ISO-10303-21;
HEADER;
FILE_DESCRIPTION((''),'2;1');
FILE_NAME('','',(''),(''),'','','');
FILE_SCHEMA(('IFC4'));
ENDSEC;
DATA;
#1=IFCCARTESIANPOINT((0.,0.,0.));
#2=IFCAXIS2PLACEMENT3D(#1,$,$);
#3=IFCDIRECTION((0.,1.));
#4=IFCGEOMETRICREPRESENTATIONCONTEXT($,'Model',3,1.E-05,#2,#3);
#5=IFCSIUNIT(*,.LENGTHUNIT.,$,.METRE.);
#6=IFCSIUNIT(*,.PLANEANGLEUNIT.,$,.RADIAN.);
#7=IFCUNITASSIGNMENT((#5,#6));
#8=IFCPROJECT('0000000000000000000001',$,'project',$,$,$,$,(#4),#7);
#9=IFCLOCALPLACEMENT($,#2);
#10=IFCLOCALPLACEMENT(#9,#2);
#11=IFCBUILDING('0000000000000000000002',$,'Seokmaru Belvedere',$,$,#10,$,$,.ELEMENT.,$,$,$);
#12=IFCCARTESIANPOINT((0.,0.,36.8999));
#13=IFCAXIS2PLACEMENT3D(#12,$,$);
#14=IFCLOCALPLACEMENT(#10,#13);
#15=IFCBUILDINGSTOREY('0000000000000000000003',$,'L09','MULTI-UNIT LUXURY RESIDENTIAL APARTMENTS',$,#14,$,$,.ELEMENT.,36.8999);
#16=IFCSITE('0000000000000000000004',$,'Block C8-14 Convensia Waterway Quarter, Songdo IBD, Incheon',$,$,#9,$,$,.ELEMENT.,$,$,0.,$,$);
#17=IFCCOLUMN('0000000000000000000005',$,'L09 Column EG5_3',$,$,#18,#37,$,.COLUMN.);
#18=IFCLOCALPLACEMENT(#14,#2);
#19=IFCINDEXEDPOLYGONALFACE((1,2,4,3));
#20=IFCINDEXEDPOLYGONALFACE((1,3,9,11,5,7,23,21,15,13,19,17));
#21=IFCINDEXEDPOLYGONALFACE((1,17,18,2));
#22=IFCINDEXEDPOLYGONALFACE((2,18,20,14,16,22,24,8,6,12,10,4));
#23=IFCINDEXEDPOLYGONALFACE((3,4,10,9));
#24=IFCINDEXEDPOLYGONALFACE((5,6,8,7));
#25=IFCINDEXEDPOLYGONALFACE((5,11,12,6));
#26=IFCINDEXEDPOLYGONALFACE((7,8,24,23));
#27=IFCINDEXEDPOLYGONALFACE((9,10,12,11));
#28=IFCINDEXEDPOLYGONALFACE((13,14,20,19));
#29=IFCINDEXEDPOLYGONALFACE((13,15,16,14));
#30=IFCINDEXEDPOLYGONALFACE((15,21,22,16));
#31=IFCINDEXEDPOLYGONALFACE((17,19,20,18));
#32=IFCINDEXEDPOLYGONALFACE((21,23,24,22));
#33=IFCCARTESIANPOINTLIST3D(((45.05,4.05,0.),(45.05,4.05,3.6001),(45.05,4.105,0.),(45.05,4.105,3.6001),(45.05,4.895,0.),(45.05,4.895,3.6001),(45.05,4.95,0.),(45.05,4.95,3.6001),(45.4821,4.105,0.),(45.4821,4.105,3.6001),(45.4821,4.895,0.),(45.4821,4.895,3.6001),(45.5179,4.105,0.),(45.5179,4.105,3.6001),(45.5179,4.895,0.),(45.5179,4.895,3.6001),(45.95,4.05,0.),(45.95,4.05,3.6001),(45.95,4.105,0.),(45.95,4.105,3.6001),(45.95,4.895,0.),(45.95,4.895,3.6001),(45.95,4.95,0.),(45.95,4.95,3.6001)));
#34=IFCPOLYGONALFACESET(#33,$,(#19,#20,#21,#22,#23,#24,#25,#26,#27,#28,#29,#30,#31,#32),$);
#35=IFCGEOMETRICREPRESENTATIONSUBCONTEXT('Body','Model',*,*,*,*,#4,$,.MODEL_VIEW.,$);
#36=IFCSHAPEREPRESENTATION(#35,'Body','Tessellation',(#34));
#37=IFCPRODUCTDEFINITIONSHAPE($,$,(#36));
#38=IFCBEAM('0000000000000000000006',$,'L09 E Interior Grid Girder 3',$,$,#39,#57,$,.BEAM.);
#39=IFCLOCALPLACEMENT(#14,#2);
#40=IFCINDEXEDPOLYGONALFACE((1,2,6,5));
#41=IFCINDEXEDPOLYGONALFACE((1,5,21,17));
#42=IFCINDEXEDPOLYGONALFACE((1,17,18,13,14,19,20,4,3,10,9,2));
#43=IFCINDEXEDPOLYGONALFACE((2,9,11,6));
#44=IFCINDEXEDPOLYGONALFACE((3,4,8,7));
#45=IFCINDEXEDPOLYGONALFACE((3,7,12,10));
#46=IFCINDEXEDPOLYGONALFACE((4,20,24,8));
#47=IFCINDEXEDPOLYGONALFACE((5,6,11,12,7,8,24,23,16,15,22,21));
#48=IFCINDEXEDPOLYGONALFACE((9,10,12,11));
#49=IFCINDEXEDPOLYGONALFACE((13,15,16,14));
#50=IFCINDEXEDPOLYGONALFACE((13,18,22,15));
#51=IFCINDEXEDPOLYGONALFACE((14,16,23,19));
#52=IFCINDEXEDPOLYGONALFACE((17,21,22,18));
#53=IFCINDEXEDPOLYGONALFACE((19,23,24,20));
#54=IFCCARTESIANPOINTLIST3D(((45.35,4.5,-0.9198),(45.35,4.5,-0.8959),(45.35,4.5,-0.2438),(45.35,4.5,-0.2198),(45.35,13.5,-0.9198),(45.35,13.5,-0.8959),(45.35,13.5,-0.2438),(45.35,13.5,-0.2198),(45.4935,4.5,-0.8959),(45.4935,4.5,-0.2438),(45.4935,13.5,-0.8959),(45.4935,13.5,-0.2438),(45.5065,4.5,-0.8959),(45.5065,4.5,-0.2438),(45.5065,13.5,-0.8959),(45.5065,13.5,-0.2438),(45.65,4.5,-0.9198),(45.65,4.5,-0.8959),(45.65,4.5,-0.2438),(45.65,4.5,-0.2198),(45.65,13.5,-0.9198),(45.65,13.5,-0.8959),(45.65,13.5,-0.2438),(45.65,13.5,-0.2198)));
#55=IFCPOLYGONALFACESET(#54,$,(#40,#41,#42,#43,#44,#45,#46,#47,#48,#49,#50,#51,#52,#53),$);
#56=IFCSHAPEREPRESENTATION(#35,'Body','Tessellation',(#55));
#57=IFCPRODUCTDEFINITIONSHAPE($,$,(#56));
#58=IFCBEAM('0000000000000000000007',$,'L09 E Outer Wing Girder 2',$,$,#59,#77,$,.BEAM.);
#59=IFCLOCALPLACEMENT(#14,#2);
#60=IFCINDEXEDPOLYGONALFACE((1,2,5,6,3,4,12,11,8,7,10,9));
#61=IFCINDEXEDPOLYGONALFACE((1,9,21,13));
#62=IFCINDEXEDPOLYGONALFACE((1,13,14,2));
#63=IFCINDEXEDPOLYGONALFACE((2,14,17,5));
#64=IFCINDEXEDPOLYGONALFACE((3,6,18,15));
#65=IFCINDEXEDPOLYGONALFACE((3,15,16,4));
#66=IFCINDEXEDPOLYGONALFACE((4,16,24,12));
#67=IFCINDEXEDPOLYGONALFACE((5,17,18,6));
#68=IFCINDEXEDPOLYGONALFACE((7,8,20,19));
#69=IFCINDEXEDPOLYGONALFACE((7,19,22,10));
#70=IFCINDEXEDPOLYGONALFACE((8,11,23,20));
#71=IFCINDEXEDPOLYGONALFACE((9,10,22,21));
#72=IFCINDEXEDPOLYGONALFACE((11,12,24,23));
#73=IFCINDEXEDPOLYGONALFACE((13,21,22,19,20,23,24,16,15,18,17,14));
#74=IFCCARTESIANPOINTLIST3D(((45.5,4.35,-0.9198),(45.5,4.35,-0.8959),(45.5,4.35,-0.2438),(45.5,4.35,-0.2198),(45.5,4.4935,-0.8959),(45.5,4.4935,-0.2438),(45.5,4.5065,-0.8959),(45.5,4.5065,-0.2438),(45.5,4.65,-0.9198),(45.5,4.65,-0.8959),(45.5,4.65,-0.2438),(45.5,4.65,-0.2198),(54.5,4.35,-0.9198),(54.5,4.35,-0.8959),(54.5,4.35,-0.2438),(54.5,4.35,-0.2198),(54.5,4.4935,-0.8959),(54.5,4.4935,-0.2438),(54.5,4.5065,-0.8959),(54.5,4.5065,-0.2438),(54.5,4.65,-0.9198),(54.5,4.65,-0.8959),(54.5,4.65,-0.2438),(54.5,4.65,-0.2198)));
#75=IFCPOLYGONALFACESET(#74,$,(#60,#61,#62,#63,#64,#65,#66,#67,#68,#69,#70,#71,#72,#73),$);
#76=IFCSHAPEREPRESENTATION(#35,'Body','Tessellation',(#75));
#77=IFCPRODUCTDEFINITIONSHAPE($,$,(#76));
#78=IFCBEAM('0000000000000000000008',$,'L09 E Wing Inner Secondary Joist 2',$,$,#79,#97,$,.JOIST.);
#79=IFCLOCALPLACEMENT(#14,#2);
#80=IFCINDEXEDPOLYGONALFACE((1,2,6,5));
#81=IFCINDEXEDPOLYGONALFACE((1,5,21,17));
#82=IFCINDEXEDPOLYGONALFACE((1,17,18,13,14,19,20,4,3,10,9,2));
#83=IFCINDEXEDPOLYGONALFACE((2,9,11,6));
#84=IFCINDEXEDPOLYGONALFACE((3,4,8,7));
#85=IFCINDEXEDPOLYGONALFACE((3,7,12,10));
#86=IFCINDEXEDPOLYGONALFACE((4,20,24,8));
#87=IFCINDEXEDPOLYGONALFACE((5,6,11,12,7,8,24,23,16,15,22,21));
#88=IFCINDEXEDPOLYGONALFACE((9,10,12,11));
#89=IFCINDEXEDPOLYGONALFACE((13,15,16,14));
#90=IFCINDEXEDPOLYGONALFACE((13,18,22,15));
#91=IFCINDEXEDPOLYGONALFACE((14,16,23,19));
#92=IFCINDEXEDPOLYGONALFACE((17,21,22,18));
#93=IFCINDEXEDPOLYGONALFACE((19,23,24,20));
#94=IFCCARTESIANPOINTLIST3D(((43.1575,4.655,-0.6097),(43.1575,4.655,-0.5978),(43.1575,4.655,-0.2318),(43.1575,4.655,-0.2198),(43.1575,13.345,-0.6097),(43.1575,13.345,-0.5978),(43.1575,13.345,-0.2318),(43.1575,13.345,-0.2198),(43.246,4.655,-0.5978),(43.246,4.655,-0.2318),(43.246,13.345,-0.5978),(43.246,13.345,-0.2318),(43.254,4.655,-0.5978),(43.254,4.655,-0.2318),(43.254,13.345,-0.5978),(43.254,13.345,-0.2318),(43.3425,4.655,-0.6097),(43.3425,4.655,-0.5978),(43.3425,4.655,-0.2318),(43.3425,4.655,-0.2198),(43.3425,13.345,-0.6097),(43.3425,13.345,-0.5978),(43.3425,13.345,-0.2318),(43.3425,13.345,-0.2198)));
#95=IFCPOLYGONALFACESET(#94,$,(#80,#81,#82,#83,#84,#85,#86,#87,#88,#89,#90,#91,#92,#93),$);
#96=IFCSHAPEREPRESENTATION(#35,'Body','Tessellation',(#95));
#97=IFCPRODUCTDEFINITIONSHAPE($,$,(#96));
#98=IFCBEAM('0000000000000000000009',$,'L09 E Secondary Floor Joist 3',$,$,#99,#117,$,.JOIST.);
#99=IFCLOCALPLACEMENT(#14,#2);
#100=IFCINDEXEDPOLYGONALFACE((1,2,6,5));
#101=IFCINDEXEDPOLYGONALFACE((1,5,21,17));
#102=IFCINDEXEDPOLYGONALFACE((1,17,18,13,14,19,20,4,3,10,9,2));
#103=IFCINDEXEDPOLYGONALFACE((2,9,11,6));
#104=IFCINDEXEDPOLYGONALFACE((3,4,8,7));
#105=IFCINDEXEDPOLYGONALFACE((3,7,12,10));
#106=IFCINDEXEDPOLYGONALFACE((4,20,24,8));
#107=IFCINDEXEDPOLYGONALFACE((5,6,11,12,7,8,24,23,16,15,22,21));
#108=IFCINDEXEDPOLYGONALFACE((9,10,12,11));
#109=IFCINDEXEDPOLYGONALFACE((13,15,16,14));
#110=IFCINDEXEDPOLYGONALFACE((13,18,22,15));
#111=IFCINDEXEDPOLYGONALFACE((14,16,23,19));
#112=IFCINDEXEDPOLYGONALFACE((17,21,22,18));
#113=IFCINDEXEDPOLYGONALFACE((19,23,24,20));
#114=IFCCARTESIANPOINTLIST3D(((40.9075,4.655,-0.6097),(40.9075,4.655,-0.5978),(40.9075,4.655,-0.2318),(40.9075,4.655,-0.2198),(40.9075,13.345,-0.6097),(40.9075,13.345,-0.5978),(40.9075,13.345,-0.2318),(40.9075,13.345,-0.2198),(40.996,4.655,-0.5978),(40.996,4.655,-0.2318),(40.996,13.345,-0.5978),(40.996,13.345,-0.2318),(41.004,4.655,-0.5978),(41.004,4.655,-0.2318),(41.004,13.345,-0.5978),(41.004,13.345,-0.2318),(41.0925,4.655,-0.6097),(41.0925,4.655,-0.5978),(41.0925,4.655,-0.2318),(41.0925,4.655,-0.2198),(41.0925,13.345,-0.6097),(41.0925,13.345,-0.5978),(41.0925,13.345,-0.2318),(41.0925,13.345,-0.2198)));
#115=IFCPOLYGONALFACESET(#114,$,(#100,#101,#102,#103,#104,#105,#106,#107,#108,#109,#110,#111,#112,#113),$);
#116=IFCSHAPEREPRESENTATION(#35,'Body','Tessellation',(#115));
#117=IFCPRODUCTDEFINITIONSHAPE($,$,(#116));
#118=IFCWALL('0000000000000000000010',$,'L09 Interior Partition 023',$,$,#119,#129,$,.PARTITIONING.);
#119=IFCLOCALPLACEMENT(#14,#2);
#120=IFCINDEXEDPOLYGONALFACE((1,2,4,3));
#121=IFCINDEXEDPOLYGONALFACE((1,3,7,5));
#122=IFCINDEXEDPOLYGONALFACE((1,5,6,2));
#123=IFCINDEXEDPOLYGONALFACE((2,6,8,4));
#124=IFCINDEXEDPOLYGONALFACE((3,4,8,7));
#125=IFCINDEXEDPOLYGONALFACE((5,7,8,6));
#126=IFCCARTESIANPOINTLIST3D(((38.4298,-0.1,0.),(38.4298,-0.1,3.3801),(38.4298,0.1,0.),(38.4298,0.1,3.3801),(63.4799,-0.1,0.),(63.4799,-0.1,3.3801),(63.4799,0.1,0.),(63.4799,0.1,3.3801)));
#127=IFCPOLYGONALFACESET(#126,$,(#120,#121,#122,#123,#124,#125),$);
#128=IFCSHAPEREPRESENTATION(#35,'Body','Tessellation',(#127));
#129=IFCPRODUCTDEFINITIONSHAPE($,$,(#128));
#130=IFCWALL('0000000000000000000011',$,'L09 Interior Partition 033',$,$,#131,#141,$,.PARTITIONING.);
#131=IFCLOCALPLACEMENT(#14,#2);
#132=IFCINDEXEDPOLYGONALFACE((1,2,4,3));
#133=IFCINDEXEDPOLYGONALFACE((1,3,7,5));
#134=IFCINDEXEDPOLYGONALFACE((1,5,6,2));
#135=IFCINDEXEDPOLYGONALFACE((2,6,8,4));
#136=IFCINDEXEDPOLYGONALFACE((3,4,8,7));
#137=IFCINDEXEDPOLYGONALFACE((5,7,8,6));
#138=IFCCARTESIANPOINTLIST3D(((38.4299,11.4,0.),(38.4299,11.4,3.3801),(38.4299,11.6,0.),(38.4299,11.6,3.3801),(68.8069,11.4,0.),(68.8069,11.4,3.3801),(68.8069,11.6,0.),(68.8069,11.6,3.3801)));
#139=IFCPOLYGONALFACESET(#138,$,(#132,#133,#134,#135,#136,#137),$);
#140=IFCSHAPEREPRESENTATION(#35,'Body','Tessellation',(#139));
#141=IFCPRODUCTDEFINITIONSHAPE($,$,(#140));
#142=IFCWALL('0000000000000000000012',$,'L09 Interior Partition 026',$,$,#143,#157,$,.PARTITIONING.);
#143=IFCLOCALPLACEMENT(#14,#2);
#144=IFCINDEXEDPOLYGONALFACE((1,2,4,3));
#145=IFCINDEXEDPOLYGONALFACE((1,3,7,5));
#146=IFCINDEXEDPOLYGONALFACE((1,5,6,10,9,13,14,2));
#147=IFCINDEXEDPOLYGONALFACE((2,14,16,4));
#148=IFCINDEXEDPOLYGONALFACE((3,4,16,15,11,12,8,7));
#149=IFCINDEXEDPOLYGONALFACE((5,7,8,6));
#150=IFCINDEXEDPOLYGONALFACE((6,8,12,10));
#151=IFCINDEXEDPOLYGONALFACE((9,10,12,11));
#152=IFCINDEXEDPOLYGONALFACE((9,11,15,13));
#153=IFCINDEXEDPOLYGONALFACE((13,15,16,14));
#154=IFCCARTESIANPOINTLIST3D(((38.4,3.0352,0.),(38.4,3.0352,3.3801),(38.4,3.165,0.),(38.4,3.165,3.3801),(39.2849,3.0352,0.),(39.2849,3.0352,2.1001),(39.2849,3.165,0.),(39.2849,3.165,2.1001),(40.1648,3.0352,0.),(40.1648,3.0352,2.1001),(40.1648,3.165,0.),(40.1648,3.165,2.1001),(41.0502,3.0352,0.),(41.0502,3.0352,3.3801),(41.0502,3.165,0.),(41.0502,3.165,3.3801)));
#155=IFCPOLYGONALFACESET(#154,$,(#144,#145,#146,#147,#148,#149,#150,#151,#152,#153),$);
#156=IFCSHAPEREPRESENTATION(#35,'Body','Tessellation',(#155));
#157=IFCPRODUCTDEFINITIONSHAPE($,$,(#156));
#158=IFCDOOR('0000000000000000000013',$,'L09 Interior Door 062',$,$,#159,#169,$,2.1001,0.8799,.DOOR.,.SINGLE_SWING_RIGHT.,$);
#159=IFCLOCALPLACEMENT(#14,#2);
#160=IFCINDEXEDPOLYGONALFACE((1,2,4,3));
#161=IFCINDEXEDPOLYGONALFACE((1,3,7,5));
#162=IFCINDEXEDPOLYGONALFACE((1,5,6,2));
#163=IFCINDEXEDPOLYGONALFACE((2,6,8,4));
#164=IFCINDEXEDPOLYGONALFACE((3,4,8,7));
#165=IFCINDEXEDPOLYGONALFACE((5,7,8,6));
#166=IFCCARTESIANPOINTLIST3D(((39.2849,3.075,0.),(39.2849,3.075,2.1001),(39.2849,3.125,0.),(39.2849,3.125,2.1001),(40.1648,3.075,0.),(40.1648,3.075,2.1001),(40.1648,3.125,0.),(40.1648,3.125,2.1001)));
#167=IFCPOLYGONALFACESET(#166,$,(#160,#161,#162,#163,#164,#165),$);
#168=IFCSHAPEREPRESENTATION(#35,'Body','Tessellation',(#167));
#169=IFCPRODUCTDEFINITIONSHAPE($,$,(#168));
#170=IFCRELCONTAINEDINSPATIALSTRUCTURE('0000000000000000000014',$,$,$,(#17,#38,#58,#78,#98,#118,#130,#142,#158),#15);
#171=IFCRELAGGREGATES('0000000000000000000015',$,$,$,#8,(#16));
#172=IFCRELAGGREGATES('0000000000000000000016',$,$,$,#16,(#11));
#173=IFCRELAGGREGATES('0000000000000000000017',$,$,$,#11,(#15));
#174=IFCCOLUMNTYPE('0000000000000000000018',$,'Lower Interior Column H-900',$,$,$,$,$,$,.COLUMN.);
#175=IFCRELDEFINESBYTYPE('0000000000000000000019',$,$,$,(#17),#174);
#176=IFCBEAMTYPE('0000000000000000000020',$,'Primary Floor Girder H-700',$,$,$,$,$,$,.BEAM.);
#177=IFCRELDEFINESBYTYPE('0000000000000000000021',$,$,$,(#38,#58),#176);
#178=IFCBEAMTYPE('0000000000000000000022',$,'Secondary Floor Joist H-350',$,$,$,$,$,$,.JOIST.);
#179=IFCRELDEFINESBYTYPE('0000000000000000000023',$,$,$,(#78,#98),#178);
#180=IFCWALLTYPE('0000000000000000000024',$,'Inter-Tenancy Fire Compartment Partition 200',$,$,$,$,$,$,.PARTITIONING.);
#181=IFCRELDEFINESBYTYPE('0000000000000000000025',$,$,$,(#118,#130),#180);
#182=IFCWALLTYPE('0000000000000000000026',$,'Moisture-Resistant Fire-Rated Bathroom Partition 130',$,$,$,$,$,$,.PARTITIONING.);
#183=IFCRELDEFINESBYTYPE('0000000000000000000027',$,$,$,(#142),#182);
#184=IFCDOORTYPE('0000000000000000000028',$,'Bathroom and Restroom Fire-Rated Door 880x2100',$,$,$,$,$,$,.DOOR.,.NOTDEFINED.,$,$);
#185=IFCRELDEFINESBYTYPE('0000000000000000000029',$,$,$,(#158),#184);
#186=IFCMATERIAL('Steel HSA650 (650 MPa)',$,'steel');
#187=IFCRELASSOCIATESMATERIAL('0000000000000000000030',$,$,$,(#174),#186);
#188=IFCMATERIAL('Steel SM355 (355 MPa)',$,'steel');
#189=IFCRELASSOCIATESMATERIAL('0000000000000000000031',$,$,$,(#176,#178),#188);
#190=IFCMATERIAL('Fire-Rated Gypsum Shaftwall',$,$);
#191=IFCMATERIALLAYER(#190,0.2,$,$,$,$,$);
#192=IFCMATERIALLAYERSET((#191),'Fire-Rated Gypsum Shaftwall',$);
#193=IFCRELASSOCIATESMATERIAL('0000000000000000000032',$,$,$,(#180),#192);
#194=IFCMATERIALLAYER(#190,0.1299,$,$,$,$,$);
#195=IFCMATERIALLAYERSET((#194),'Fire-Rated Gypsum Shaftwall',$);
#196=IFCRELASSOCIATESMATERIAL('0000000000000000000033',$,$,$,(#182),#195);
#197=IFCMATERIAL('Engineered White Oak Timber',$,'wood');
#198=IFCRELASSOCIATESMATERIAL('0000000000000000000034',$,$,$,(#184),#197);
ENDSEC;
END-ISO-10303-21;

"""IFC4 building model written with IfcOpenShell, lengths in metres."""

from ifc_helpers import new_model, si_unit, direction, frame, frame_2d, origin, origin_2d, place, context, subcontext, project, spatial, rectangle, i_section, extrude, source, transform, mapped, material, layer, layer_set, material_profile, profile_set, type_object, type_shapes, element, fill, save


model = new_model("IFC4")

# Units and contexts
model_context = context("Model", 3, precision=1e-05, world=origin(), true_north=direction((0.0, 1.0)))
body_context = subcontext(model_context, "Body", "Model", "MODEL_VIEW")
ifc_project = project(units=[si_unit("LENGTHUNIT", "METRE"), si_unit("PLANEANGLEUNIT", "RADIAN")], contexts=[model_context])

# Site, building, storey
site_placement = place(None, origin())
site = spatial("IfcSite", under=ifc_project, at=site_placement, Name="Block C8-14 Convensia Waterway Quarter, Songdo IBD, Incheon", CompositionType="ELEMENT", RefElevation=0.0)
building_placement = place(site_placement, origin())
building = spatial("IfcBuilding", under=site, at=building_placement, Name="Seokmaru Belvedere", CompositionType="ELEMENT")
storey_placement = place(building_placement, frame((0.0, 0.0, 36.8999)))
storey = spatial("IfcBuildingStorey", under=building, at=storey_placement, Name="L09", Description="MULTI-UNIT LUXURY RESIDENTIAL APARTMENTS", CompositionType="ELEMENT", Elevation=36.8999)

# Column
ifc_material_1 = material(Name="Steel HSA650 (650 MPa)", Category="steel")
ifc_material_profile_1 = material_profile(ifc_material_1, i_section(OverallWidth=0.8999, OverallDepth=0.8999, WebThickness=0.0359, FlangeThickness=0.0549, at=origin_2d()), Name="H-900x900x36x55")
ifc_profile_set_1 = profile_set([ifc_material_profile_1], Name="Steel HSA650 (650 MPa)")
column_type = type_object("IfcColumnType", Name="Lower Interior Column H-900", PredefinedType="COLUMN", material=ifc_profile_set_1)
shared_shape_1 = source(origin(), body_context, "Body", "SweptSolid", [
    extrude(i_section(OverallWidth=0.8999, OverallDepth=0.8999, WebThickness=0.0359, FlangeThickness=0.0549, at=origin_2d()), origin(), (0.0, 0.0, 1.0), 3.6001),
])
type_shapes(column_type, [shared_shape_1])
column_placement = place(storey_placement, frame((45.5, 4.5, 0.0), z_axis=(0.0, 0.0, 1.0), x_axis=(1.0, 0.0, 0.0)))
element("IfcColumn", 1, at=column_placement, inside=storey, type_object=column_type, Name="L09 Column EG5_3", PredefinedType="COLUMN", context=body_context, shape_type="MappedRepresentation", body=[
    mapped(shared_shape_1, transform((0.0, 0.0, 0.0), scale=1.0)),
])

# Beams
ifc_material_2 = material(Name="Steel SM355 (355 MPa)", Category="steel")
ifc_material_profile_2 = material_profile(ifc_material_2, i_section(OverallWidth=0.3, OverallDepth=0.7, WebThickness=0.0129, FlangeThickness=0.0239, at=origin_2d()), Name="H-700x300x13x24")
ifc_profile_set_2 = profile_set([ifc_material_profile_2], Name="Steel SM355 (355 MPa)")
beam_type_1 = type_object("IfcBeamType", Name="Primary Floor Girder H-700", PredefinedType="BEAM", material=ifc_profile_set_2)
shared_shape_2 = source(origin(), body_context, "Body", "SweptSolid", [
    extrude(i_section(OverallWidth=0.3, OverallDepth=0.7, WebThickness=0.0129, FlangeThickness=0.0239, at=origin_2d()), origin(), (0.0, 0.0, 1.0), 9.0),
])
type_shapes(beam_type_1, [shared_shape_2])
for number, where, z_axis, x_axis, name in (
    (2, (45.5, 4.5, -0.5698), (0.0, 1.0, 0.0), (-1.0, 0.0, 0.0), "L09 E Interior Grid Girder 3"),
    (3, (45.5, 4.5, -0.5698), (1.0, 0.0, 0.0), (0.0, 1.0, 0.0), "L09 E Outer Wing Girder 2"),
):
    element("IfcBeam", number, at=place(storey_placement, frame(where, z_axis=z_axis, x_axis=x_axis)), inside=storey, type_object=beam_type_1, Name=name, PredefinedType="BEAM", context=body_context, shape_type="MappedRepresentation", body=[
        mapped(shared_shape_2, transform((0.0, 0.0, 0.0), scale=1.0)),
    ])
ifc_material_profile_3 = material_profile(ifc_material_2, i_section(OverallWidth=0.1851, OverallDepth=0.3899, WebThickness=0.0081, FlangeThickness=0.012, at=origin_2d()), Name="H-390x185x8x12")
ifc_profile_set_3 = profile_set([ifc_material_profile_3], Name="Steel SM355 (355 MPa)")
beam_type_2 = type_object("IfcBeamType", Name="Secondary Floor Joist H-350", PredefinedType="JOIST", material=ifc_profile_set_3)
shared_shape_3 = source(origin(), body_context, "Body", "SweptSolid", [
    extrude(i_section(OverallWidth=0.1851, OverallDepth=0.3899, WebThickness=0.0081, FlangeThickness=0.012, at=origin_2d()), origin(), (0.0, 0.0, 1.0), 8.6899),
])
type_shapes(beam_type_2, [shared_shape_3])
for number, where, z_axis, x_axis, name in (
    (4, (43.25, 4.655, -0.4148), (0.0, 1.0, 0.0), (-1.0, 0.0, 0.0), "L09 E Wing Inner Secondary Joist 2"),
    (5, (41.0, 4.655, -0.4148), (0.0, 1.0, 0.0), (-1.0, 0.0, 0.0), "L09 E Secondary Floor Joist 3"),
):
    element("IfcBeam", number, at=place(storey_placement, frame(where, z_axis=z_axis, x_axis=x_axis)), inside=storey, type_object=beam_type_2, Name=name, PredefinedType="JOIST", context=body_context, shape_type="MappedRepresentation", body=[
        mapped(shared_shape_3, transform((0.0, 0.0, 0.0), scale=1.0)),
    ])

# Shared definitions
ifc_material_3 = material(Name="Fire-Rated Gypsum Shaftwall")

# Walls
ifc_layer_1 = layer(ifc_material_3, 0.2)
ifc_layer_set_1 = layer_set([ifc_layer_1], Name="Fire-Rated Gypsum Shaftwall")
wall_type_1 = type_object("IfcWallType", Name="Inter-Tenancy Fire Compartment Partition 200", PredefinedType="PARTITIONING", material=ifc_layer_set_1)
wall_1_placement = place(storey_placement, frame((38.4299, 0.0, 0.0), z_axis=(0.0, 0.0, 1.0), x_axis=(1.0, 0.0, 0.0)))
element("IfcWall", 6, at=wall_1_placement, inside=storey, type_object=wall_type_1, Name="L09 Interior Partition 023", PredefinedType="PARTITIONING", context=body_context, shape_type="SweptSolid", body=[
    extrude(rectangle(XDim=25.05, YDim=0.2, at=frame_2d((12.5249, 0.0))), origin(), (0.0, 0.0, 1.0), 3.3801),
])
wall_2_placement = place(storey_placement, frame((38.4299, 11.5, 0.0), z_axis=(0.0, 0.0, 1.0), x_axis=(1.0, 0.0, 0.0)))
element("IfcWall", 7, at=wall_2_placement, inside=storey, type_object=wall_type_1, Name="L09 Interior Partition 033", PredefinedType="PARTITIONING", context=body_context, shape_type="SweptSolid", body=[
    extrude(rectangle(XDim=30.377, YDim=0.2, at=frame_2d((15.1885, 0.0))), origin(), (0.0, 0.0, 1.0), 3.3801),
])

# Wall, opening, door
ifc_layer_2 = layer(ifc_material_3, 0.1299)
ifc_layer_set_2 = layer_set([ifc_layer_2], Name="Fire-Rated Gypsum Shaftwall")
wall_type_2 = type_object("IfcWallType", Name="Moisture-Resistant Fire-Rated Bathroom Partition 130", PredefinedType="PARTITIONING", material=ifc_layer_set_2)
wall_3_placement = place(storey_placement, frame((38.3999, 3.1001, 0.0), z_axis=(0.0, 0.0, 1.0), x_axis=(1.0, 0.0, 0.0)))
wall_3 = element("IfcWall", 8, at=wall_3_placement, inside=storey, type_object=wall_type_2, Name="L09 Interior Partition 026", PredefinedType="PARTITIONING", context=body_context, shape_type="SweptSolid", body=[
    extrude(rectangle(XDim=2.6501, YDim=0.1299, at=frame_2d((1.3252, 0.0))), origin(), (0.0, 0.0, 1.0), 3.3801),
])
opening_1_placement = place(wall_3_placement, frame((0.885, 0.0, 0.0)))
opening_1 = element("IfcOpeningElement", 9, at=opening_1_placement, cuts=wall_3, PredefinedType="OPENING", context=body_context, shape_type="SweptSolid", body=[
    extrude(rectangle(XDim=0.8799, YDim=2.1001, at=frame_2d((0.4399, 1.05))), frame((0.0, 0.075, 0.0), z_axis=(0.0, -1.0, 0.0), x_axis=(1.0, 0.0, 0.0)), (0.0, 0.0, 1.0), 0.1499),
])
ifc_material_4 = material(Name="Engineered White Oak Timber", Category="wood")
door_type = type_object("IfcDoorType", Name="Bathroom and Restroom Fire-Rated Door 880x2100", OperationType="NOTDEFINED", PredefinedType="DOOR", material=ifc_material_4)
shared_shape_4 = source(origin(), body_context, "Body", "SweptSolid", [
    extrude(rectangle(XDim=0.8799, YDim=2.1001, at=frame_2d((0.4399, 1.05))), frame((0.0, 0.0249, 0.0), z_axis=(0.0, -1.0, 0.0), x_axis=(1.0, 0.0, 0.0)), (0.0, 0.0, 1.0), 0.05),
])
type_shapes(door_type, [shared_shape_4])
door_placement = place(opening_1_placement, origin())
door = element("IfcDoor", 10, at=door_placement, inside=storey, type_object=door_type, Name="L09 Interior Door 062", OperationType="SINGLE_SWING_RIGHT", OverallHeight=2.1001, OverallWidth=0.8799, PredefinedType="DOOR", context=body_context, shape_type="MappedRepresentation", body=[
    mapped(shared_shape_4, transform((0.0, 0.0, 0.0), scale=1.0)),
])
fill(opening_1, door)

save(model, "model.ifc")
